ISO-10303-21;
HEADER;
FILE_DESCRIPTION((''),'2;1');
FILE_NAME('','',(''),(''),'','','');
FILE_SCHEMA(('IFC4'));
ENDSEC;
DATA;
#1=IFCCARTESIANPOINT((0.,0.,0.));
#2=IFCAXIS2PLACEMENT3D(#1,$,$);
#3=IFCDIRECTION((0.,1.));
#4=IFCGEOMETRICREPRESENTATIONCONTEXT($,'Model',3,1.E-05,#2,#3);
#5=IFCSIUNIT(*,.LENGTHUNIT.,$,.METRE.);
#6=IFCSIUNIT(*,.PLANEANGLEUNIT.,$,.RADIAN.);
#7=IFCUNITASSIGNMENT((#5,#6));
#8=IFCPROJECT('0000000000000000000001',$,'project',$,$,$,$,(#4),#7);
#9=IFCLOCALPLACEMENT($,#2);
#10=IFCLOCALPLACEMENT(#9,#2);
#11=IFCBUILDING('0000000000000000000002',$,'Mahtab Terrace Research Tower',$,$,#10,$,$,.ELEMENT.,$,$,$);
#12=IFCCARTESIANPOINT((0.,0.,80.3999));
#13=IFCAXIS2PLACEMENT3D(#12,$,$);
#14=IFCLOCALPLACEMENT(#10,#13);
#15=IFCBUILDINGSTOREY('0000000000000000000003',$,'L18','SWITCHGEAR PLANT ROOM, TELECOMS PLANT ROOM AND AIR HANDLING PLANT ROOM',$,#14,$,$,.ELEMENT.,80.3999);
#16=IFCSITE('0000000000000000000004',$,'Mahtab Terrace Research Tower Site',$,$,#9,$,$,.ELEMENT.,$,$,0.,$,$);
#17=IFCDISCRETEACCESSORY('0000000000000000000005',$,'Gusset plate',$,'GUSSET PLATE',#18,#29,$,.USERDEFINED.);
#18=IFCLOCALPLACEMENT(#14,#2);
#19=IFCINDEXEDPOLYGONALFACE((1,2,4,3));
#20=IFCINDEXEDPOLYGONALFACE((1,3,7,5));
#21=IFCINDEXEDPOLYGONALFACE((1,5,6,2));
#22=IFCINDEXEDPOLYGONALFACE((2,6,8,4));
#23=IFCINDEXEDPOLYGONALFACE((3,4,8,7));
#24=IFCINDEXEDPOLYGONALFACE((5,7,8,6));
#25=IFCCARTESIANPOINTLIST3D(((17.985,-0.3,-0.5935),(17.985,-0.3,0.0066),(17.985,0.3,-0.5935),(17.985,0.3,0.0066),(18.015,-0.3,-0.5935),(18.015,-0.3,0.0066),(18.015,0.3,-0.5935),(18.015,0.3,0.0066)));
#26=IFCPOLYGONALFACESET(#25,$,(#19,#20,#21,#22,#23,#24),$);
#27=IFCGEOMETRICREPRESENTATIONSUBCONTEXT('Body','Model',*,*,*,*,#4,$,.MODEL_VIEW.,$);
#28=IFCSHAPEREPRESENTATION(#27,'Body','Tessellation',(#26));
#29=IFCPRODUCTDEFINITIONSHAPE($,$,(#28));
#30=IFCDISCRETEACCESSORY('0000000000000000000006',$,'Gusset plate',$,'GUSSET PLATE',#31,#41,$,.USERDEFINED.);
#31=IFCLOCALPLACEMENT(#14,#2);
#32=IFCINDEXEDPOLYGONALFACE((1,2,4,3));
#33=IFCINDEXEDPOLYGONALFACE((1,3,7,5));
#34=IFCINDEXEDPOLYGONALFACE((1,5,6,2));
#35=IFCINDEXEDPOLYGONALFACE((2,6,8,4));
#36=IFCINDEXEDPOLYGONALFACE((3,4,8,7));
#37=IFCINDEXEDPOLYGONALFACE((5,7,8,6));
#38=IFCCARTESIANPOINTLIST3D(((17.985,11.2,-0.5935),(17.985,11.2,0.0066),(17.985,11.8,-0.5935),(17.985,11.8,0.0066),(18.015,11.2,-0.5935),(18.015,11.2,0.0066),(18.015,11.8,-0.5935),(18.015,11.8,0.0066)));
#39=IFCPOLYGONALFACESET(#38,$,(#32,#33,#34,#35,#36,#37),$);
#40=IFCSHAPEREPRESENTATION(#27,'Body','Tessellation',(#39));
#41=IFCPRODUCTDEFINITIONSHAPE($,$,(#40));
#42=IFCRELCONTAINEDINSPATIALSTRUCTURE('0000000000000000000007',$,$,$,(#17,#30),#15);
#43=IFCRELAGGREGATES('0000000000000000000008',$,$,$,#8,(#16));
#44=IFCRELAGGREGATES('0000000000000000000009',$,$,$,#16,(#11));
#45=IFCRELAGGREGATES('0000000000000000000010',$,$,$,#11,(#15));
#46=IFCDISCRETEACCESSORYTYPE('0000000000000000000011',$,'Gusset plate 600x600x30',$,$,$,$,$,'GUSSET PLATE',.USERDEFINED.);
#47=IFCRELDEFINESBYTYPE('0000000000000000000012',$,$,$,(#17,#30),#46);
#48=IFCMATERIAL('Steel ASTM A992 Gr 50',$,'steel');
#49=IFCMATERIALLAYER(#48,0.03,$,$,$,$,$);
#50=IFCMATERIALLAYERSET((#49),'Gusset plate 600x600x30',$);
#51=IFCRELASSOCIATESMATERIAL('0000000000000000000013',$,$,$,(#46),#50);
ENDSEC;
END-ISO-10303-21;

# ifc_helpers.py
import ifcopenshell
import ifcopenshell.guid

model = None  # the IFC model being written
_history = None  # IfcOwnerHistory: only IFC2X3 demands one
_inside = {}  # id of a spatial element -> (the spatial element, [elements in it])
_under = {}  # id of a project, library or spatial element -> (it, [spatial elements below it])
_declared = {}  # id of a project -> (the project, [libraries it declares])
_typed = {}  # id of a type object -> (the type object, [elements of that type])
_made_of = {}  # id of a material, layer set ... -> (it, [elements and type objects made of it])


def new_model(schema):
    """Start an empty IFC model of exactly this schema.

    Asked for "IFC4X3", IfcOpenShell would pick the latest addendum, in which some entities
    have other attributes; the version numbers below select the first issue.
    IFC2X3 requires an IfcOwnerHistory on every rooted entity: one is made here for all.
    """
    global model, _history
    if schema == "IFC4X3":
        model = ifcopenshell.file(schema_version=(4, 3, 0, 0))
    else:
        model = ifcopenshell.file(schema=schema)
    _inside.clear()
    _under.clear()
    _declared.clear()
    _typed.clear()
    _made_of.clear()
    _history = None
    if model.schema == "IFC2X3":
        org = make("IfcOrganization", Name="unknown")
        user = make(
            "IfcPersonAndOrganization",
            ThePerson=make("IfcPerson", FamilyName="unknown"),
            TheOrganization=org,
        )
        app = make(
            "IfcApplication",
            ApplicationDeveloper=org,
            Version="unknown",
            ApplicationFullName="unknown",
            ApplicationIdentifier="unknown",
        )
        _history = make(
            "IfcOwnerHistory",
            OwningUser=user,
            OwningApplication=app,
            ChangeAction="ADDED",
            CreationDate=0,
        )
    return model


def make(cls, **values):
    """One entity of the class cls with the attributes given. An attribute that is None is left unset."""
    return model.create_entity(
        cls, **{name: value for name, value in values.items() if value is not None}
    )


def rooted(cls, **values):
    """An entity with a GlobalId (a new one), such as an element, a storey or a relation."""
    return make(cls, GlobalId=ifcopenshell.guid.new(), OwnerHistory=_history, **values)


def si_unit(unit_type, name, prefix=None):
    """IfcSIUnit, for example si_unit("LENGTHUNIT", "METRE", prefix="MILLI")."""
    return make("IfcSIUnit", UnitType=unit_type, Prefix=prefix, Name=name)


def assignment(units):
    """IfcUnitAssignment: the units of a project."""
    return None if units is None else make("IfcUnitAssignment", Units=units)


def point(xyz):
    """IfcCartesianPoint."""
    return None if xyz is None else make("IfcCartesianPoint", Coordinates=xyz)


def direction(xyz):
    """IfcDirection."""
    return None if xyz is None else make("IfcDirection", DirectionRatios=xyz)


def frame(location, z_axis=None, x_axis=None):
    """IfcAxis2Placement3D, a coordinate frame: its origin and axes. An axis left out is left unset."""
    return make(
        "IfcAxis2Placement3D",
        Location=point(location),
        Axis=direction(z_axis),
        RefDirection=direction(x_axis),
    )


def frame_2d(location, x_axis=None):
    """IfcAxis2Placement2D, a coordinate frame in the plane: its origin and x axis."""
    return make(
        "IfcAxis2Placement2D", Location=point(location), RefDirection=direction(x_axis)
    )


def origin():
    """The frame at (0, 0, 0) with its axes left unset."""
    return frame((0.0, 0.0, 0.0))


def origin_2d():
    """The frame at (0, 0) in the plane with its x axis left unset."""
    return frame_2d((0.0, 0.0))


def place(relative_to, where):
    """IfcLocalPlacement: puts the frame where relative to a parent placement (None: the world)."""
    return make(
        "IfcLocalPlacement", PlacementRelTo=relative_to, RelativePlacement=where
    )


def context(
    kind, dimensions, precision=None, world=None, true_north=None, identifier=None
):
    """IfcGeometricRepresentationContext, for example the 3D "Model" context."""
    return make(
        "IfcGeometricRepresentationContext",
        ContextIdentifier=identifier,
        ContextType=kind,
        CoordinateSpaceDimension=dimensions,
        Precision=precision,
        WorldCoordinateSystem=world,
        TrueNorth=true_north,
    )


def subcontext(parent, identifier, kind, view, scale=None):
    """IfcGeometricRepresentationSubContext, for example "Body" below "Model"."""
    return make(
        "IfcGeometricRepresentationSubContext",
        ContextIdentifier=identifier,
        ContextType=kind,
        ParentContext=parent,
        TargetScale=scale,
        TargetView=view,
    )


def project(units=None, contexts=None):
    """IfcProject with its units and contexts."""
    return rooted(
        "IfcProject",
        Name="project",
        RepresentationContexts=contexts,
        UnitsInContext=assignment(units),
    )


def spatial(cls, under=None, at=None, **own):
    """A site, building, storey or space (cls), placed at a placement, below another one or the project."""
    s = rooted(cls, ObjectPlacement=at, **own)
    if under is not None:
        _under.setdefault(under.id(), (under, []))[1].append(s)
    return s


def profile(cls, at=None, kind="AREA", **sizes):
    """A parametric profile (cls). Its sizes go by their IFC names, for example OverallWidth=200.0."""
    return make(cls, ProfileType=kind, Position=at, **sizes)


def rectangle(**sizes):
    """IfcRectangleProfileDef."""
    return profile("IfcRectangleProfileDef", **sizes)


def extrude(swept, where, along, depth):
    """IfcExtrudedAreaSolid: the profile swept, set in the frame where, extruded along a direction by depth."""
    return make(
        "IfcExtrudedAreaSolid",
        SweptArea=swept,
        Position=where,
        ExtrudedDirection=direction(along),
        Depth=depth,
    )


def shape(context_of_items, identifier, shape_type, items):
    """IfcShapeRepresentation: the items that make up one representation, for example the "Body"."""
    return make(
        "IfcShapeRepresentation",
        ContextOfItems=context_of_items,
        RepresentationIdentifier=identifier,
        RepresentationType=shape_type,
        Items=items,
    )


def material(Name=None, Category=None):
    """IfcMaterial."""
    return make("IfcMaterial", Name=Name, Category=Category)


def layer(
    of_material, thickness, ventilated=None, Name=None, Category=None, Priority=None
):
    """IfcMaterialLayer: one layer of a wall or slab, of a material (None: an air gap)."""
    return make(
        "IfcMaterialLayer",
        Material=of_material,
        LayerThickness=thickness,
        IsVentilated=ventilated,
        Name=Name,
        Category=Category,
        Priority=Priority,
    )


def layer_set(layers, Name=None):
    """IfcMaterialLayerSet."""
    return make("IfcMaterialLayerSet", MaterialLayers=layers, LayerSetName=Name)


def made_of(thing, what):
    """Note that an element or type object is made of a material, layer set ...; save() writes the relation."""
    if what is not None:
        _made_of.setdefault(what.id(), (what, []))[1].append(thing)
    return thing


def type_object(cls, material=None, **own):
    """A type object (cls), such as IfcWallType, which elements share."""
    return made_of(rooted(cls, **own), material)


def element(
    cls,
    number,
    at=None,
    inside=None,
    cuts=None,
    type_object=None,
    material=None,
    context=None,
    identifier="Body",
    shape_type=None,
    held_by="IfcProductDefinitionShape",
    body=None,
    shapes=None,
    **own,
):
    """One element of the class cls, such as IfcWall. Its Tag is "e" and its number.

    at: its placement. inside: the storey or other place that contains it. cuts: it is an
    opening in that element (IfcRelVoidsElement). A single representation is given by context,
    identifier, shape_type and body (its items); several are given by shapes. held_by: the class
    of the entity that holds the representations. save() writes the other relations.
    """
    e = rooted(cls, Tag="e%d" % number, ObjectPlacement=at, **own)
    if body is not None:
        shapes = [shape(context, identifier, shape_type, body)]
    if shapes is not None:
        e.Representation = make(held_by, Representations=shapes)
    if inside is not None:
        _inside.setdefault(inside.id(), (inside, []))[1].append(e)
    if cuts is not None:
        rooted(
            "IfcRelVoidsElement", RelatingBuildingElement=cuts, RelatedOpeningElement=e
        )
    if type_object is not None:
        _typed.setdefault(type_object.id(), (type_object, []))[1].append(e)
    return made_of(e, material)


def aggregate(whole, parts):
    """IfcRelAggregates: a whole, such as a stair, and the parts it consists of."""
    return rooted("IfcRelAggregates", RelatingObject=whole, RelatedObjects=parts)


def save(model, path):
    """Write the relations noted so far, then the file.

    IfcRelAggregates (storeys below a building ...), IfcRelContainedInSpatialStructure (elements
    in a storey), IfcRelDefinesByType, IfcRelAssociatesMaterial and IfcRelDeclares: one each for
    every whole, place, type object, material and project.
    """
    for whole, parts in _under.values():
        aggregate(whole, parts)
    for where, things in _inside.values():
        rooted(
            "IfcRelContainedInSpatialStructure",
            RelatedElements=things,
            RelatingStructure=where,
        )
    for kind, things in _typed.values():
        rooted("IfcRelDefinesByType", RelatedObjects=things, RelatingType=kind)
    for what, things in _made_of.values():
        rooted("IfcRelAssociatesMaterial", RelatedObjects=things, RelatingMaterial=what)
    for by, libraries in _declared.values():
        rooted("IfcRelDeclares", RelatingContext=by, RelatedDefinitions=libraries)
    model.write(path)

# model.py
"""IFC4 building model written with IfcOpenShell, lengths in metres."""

from ifc_helpers import new_model, si_unit, direction, frame, origin, origin_2d, place, context, subcontext, project, spatial, rectangle, extrude, material, layer, layer_set, type_object, element, save


model = new_model("IFC4")

# Units and contexts
model_context = context("Model", 3, precision=1e-05, world=origin(), true_north=direction((0.0, 1.0)))
body_context = subcontext(model_context, "Body", "Model", "MODEL_VIEW")
ifc_project = project(units=[si_unit("LENGTHUNIT", "METRE"), si_unit("PLANEANGLEUNIT", "RADIAN")], contexts=[model_context])

# Site, building, storey
site_placement = place(None, origin())
site = spatial("IfcSite", under=ifc_project, at=site_placement, Name="Mahtab Terrace Research Tower Site", CompositionType="ELEMENT", RefElevation=0.0)
building_placement = place(site_placement, origin())
building = spatial("IfcBuilding", under=site, at=building_placement, Name="Mahtab Terrace Research Tower", CompositionType="ELEMENT")
storey_placement = place(building_placement, frame((0.0, 0.0, 80.3999)))
storey = spatial("IfcBuildingStorey", under=building, at=storey_placement, Name="L18", Description="SWITCHGEAR PLANT ROOM, TELECOMS PLANT ROOM AND AIR HANDLING PLANT ROOM", CompositionType="ELEMENT", Elevation=80.3999)

# Shared definitions
ifc_material_1 = material(Name="Steel ASTM A992 Gr 50", Category="steel")

# Discrete accessories
ifc_layer_1 = layer(ifc_material_1, 0.03)
ifc_layer_set_1 = layer_set([ifc_layer_1], Name="Gusset plate 600x600x30")
discrete_accessory_type = type_object("IfcDiscreteAccessoryType", Name="Gusset plate 600x600x30", ElementType="GUSSET PLATE", PredefinedType="USERDEFINED", material=ifc_layer_set_1)
for number, where, z_axis, x_axis, name in (
    (1, (18.0, 0.0, -0.5935), (0.0, 0.0, 1.0), (0.0, 1.0, 0.0), "Gusset plate"),
    (2, (18.0, 11.5, -0.5935), (0.0, 0.0, 1.0), (0.0, 1.0, 0.0), "Gusset plate"),
):
    element("IfcDiscreteAccessory", number, at=place(storey_placement, frame(where, z_axis=z_axis, x_axis=x_axis)), inside=storey, type_object=discrete_accessory_type, Name=name, ObjectType="GUSSET PLATE", PredefinedType="USERDEFINED", context=body_context, shape_type="SweptSolid", body=[
        extrude(rectangle(XDim=0.6001, YDim=0.03, at=origin_2d()), origin(), (0.0, 0.0, 1.0), 0.6001),
    ])

save(model, "model.ifc")
